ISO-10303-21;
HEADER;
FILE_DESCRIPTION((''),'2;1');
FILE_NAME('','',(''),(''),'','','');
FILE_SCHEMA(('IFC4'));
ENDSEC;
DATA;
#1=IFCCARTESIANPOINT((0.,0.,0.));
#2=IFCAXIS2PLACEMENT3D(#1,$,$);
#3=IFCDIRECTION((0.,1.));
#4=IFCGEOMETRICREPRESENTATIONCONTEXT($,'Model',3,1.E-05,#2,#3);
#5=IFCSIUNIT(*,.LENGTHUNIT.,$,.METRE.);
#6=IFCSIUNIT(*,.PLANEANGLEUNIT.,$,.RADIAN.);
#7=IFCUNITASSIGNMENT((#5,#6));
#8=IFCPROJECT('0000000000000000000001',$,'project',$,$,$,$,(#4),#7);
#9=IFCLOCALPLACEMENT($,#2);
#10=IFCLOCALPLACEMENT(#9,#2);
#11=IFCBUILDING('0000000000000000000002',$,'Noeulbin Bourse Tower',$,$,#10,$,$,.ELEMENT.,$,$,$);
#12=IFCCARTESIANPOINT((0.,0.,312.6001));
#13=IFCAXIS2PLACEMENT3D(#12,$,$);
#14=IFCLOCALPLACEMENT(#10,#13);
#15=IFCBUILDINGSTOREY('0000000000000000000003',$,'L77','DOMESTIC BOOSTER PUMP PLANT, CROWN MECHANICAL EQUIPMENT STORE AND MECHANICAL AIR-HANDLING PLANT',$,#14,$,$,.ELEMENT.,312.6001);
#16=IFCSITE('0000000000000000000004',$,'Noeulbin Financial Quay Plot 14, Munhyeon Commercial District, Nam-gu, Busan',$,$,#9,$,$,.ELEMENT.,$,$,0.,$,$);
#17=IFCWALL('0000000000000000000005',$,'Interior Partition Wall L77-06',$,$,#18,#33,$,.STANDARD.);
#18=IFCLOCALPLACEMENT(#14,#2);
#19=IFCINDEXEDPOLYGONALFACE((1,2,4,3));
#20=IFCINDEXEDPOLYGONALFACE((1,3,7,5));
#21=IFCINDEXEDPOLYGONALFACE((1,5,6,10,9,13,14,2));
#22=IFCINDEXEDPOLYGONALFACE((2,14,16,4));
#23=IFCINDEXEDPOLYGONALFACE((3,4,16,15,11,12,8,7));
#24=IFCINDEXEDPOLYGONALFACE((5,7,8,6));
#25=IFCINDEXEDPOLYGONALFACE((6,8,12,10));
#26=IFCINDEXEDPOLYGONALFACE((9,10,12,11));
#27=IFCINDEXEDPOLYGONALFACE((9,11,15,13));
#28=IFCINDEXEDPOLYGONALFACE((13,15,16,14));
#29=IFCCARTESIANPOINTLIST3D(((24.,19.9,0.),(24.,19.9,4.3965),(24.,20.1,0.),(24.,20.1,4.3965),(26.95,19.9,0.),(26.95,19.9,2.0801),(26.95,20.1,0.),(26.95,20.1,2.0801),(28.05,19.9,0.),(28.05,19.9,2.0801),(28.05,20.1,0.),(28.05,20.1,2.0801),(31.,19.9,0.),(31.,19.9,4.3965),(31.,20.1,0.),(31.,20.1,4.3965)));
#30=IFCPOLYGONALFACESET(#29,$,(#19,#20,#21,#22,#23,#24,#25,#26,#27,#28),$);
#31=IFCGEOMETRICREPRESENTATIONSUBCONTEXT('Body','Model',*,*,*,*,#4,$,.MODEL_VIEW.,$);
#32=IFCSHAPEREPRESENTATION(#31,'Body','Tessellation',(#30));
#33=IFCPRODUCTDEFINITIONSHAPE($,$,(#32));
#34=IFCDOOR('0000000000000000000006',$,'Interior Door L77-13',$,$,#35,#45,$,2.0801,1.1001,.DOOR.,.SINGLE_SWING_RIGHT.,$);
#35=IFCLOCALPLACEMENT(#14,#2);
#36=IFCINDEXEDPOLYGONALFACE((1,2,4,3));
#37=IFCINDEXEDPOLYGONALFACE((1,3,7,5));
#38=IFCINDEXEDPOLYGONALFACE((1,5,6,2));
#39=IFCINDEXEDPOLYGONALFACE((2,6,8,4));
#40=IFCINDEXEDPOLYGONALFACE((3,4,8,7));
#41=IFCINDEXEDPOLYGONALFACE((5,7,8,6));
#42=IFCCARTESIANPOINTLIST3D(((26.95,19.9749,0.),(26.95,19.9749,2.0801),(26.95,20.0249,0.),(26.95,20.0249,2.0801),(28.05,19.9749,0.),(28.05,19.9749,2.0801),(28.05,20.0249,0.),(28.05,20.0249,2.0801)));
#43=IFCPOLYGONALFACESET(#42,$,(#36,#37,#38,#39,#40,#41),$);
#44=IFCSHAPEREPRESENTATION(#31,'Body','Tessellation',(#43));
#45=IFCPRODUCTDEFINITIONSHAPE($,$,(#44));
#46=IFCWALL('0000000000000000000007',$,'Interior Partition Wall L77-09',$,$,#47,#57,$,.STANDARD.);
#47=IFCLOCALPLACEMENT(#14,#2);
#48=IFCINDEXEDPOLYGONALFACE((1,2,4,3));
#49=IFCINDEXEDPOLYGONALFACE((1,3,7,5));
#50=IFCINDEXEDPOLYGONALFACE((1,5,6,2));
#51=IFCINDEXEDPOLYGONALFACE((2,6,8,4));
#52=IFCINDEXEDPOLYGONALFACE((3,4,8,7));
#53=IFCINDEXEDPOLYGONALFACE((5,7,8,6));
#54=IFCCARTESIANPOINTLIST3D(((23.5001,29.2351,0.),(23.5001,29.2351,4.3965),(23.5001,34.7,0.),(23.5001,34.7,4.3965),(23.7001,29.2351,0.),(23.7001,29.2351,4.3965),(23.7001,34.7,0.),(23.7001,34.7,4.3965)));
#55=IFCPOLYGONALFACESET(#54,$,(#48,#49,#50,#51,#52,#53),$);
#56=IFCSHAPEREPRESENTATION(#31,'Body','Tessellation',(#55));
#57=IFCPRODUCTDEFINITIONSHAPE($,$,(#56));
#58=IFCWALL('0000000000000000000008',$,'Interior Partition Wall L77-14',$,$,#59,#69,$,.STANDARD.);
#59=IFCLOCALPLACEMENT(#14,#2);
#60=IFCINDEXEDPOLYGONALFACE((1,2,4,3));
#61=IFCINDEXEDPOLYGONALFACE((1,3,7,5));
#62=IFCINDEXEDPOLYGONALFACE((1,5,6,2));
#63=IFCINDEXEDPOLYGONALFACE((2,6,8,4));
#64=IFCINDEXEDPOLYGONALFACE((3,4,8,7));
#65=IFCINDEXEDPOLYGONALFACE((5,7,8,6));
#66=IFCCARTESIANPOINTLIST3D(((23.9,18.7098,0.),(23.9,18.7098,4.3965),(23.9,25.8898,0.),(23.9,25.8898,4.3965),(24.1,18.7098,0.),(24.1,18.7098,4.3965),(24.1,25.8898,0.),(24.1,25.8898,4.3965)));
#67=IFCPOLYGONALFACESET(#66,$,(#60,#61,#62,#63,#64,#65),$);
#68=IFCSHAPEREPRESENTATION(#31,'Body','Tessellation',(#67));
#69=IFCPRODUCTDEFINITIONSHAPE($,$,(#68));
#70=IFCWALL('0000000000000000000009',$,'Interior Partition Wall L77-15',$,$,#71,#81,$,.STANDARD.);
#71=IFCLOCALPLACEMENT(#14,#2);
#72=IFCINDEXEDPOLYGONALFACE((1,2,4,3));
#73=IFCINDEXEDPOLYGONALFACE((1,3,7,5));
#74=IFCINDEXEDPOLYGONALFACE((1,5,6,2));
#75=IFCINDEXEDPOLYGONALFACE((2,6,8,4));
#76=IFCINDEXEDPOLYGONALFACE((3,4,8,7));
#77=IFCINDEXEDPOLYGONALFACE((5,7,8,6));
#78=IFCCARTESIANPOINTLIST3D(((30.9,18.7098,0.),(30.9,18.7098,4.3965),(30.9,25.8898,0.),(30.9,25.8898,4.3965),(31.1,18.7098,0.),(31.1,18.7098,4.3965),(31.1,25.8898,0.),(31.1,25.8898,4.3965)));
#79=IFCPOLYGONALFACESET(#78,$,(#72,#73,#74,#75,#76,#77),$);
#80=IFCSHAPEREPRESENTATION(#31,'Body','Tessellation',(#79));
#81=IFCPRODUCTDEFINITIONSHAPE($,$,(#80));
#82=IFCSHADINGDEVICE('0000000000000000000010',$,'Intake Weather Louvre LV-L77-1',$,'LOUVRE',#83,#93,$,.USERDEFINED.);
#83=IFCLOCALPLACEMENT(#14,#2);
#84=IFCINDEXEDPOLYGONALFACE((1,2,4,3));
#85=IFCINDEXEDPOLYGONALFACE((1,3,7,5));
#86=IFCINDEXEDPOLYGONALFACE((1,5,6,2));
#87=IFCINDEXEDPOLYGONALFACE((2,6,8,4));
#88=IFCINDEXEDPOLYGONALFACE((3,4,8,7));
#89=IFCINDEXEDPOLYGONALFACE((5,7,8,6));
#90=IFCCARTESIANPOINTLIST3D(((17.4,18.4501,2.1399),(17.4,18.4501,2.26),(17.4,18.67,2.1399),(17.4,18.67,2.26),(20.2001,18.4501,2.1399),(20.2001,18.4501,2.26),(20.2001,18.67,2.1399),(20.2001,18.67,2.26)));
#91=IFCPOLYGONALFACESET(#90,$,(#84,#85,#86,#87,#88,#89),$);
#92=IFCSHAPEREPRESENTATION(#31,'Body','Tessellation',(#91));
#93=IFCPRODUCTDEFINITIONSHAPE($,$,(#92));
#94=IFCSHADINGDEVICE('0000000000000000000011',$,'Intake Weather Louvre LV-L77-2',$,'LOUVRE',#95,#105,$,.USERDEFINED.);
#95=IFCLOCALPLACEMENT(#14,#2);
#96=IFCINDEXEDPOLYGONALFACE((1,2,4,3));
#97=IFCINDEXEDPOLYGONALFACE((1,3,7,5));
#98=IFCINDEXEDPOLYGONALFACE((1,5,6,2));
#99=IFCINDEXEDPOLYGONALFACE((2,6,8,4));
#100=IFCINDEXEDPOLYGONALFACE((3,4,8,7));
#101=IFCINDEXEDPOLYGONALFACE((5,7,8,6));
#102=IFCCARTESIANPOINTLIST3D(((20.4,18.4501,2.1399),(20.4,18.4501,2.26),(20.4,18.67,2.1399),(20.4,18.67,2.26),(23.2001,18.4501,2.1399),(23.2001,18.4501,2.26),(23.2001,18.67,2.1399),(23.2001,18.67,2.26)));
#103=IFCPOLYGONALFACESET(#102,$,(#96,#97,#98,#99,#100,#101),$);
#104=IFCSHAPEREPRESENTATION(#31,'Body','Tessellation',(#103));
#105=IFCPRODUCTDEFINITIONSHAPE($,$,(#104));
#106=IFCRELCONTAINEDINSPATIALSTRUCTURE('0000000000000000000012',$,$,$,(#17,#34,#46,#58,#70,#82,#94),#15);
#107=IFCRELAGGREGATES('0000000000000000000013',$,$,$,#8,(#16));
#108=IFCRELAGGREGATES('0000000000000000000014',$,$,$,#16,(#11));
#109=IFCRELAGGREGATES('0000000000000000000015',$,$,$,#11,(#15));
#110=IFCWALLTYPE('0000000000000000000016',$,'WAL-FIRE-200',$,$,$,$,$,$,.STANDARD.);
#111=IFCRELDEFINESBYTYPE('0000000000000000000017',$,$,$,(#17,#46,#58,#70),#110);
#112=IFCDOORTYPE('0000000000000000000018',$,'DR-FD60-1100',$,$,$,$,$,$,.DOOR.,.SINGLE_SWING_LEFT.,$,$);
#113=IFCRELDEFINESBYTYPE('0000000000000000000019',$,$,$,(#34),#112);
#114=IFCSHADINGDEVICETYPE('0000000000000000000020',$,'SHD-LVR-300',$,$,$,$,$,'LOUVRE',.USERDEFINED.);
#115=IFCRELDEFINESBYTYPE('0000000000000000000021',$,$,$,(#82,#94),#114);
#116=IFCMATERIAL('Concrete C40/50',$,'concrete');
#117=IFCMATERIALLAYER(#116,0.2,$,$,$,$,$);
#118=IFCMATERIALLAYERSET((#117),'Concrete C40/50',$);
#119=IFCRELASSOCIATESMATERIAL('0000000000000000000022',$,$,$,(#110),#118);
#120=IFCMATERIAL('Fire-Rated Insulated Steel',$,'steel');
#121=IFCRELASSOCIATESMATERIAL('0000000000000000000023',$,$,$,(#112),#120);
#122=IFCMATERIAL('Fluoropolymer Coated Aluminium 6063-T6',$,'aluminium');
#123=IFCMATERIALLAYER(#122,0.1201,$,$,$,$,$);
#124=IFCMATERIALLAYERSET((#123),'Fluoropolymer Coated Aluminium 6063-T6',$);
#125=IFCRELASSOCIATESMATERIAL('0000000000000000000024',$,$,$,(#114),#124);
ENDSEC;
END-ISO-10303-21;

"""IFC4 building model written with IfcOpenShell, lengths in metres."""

from ifc_helpers import new_model, si_unit, direction, frame, frame_2d, origin, origin_2d, place, context, subcontext, project, spatial, rectangle, extrude, material, layer, layer_set, type_object, element, fill, save


model = new_model("IFC4")

# Units and contexts
model_context = context("Model", 3, precision=1e-05, world=origin(), true_north=direction((0.0, 1.0)))
body_context = subcontext(model_context, "Body", "Model", "MODEL_VIEW")
ifc_project = project(units=[si_unit("LENGTHUNIT", "METRE"), si_unit("PLANEANGLEUNIT", "RADIAN")], contexts=[model_context])

# Site, building, storey
site_placement = place(None, origin())
site = spatial("IfcSite", under=ifc_project, at=site_placement, Name="Noeulbin Financial Quay Plot 14, Munhyeon Commercial District, Nam-gu, Busan", CompositionType="ELEMENT", RefElevation=0.0)
building_placement = place(site_placement, origin())
building = spatial("IfcBuilding", under=site, at=building_placement, Name="Noeulbin Bourse Tower", CompositionType="ELEMENT")
storey_placement = place(building_placement, frame((0.0, 0.0, 312.6001)))
storey = spatial("IfcBuildingStorey", under=building, at=storey_placement, Name="L77", Description="DOMESTIC BOOSTER PUMP PLANT, CROWN MECHANICAL EQUIPMENT STORE AND MECHANICAL AIR-HANDLING PLANT", CompositionType="ELEMENT", Elevation=312.6001)

# Wall, opening, door
ifc_material_1 = material(Name="Concrete C40/50", Category="concrete")
ifc_layer_1 = layer(ifc_material_1, 0.2)
ifc_layer_set_1 = layer_set([ifc_layer_1], Name="Concrete C40/50")
wall_type = type_object("IfcWallType", Name="WAL-FIRE-200", PredefinedType="STANDARD", material=ifc_layer_set_1)
wall_1_placement = place(storey_placement, frame((24.0, 20.0, 0.0), z_axis=(0.0, 0.0, 1.0), x_axis=(1.0, 0.0, 0.0)))
wall_1 = element("IfcWall", 1, at=wall_1_placement, inside=storey, type_object=wall_type, Name="Interior Partition Wall L77-06", PredefinedType="STANDARD", context=body_context, shape_type="SweptSolid", body=[
    extrude(rectangle(XDim=7.0, YDim=0.2, at=frame_2d((3.5, 0.0))), origin(), (0.0, 0.0, 1.0), 4.3965),
])
opening_placement = place(wall_1_placement, frame((2.95, 0.0, 0.0)))
opening = element("IfcOpeningElement", 2, at=opening_placement, cuts=wall_1, PredefinedType="OPENING", context=body_context, shape_type="SweptSolid", body=[
    extrude(rectangle(XDim=1.1001, YDim=2.0801, at=frame_2d((0.55, 1.04))), frame((0.0, 0.1099, 0.0), z_axis=(0.0, -1.0, 0.0), x_axis=(1.0, 0.0, 0.0)), (0.0, 0.0, 1.0), 0.22),
])
ifc_material_2 = material(Name="Fire-Rated Insulated Steel", Category="steel")
door_type = type_object("IfcDoorType", Name="DR-FD60-1100", OperationType="SINGLE_SWING_LEFT", PredefinedType="DOOR", material=ifc_material_2)
door_placement = place(opening_placement, origin())
door = element("IfcDoor", 3, at=door_placement, inside=storey, type_object=door_type, Name="Interior Door L77-13", OperationType="SINGLE_SWING_RIGHT", OverallHeight=2.0801, OverallWidth=1.1001, PredefinedType="DOOR", context=body_context, shape_type="SweptSolid", body=[
    extrude(rectangle(XDim=1.1001, YDim=2.0801, at=frame_2d((0.55, 1.04))), frame((0.0, 0.0249, 0.0), z_axis=(0.0, -1.0, 0.0), x_axis=(1.0, 0.0, 0.0)), (0.0, 0.0, 1.0), 0.05),
])
fill(opening, door)

# Walls
wall_2_placement = place(storey_placement, frame((23.6001, 29.2351, 0.0), z_axis=(0.0, 0.0, 1.0), x_axis=(0.0, 1.0, 0.0)))
element("IfcWall", 4, at=wall_2_placement, inside=storey, type_object=wall_type, Name="Interior Partition Wall L77-09", PredefinedType="STANDARD", context=body_context, shape_type="SweptSolid", body=[
    extrude(rectangle(XDim=5.4648, YDim=0.2, at=frame_2d((2.7324, 0.0))), origin(), (0.0, 0.0, 1.0), 4.3965),
])
for number, where, z_axis, x_axis, name in (
    (5, (24.0, 18.71, 0.0), (0.0, 0.0, 1.0), (0.0, 1.0, 0.0), "Interior Partition Wall L77-14"),
    (6, (31.0, 18.71, 0.0), (0.0, 0.0, 1.0), (0.0, 1.0, 0.0), "Interior Partition Wall L77-15"),
):
    element("IfcWall", number, at=place(storey_placement, frame(where, z_axis=z_axis, x_axis=x_axis)), inside=storey, type_object=wall_type, Name=name, PredefinedType="STANDARD", context=body_context, shape_type="SweptSolid", body=[
        extrude(rectangle(XDim=7.1799, YDim=0.2, at=frame_2d((3.5898, 0.0))), origin(), (0.0, 0.0, 1.0), 4.3965),
    ])

# Shading devices
ifc_material_3 = material(Name="Fluoropolymer Coated Aluminium 6063-T6", Category="aluminium")
ifc_layer_2 = layer(ifc_material_3, 0.1201)
ifc_layer_set_2 = layer_set([ifc_layer_2], Name="Fluoropolymer Coated Aluminium 6063-T6")
shading_device_type = type_object("IfcShadingDeviceType", Name="SHD-LVR-300", ElementType="LOUVRE", PredefinedType="USERDEFINED", material=ifc_layer_set_2)
for number, where, z_axis, x_axis, name in (
    (7, (18.8, 18.5601, 2.1399), (0.0, 0.0, 1.0), (1.0, 0.0, 0.0), "Intake Weather Louvre LV-L77-1"),
    (8, (21.8, 18.5601, 2.1399), (0.0, 0.0, 1.0), (1.0, 0.0, 0.0), "Intake Weather Louvre LV-L77-2"),
):
    element("IfcShadingDevice", number, at=place(storey_placement, frame(where, z_axis=z_axis, x_axis=x_axis)), inside=storey, type_object=shading_device_type, Name=name, ObjectType="LOUVRE", PredefinedType="USERDEFINED", context=body_context, shape_type="SweptSolid", body=[
        extrude(rectangle(XDim=2.8, YDim=0.22, at=origin_2d()), origin(), (0.0, 0.0, 1.0), 0.1201),
    ])

save(model, "model.ifc")
